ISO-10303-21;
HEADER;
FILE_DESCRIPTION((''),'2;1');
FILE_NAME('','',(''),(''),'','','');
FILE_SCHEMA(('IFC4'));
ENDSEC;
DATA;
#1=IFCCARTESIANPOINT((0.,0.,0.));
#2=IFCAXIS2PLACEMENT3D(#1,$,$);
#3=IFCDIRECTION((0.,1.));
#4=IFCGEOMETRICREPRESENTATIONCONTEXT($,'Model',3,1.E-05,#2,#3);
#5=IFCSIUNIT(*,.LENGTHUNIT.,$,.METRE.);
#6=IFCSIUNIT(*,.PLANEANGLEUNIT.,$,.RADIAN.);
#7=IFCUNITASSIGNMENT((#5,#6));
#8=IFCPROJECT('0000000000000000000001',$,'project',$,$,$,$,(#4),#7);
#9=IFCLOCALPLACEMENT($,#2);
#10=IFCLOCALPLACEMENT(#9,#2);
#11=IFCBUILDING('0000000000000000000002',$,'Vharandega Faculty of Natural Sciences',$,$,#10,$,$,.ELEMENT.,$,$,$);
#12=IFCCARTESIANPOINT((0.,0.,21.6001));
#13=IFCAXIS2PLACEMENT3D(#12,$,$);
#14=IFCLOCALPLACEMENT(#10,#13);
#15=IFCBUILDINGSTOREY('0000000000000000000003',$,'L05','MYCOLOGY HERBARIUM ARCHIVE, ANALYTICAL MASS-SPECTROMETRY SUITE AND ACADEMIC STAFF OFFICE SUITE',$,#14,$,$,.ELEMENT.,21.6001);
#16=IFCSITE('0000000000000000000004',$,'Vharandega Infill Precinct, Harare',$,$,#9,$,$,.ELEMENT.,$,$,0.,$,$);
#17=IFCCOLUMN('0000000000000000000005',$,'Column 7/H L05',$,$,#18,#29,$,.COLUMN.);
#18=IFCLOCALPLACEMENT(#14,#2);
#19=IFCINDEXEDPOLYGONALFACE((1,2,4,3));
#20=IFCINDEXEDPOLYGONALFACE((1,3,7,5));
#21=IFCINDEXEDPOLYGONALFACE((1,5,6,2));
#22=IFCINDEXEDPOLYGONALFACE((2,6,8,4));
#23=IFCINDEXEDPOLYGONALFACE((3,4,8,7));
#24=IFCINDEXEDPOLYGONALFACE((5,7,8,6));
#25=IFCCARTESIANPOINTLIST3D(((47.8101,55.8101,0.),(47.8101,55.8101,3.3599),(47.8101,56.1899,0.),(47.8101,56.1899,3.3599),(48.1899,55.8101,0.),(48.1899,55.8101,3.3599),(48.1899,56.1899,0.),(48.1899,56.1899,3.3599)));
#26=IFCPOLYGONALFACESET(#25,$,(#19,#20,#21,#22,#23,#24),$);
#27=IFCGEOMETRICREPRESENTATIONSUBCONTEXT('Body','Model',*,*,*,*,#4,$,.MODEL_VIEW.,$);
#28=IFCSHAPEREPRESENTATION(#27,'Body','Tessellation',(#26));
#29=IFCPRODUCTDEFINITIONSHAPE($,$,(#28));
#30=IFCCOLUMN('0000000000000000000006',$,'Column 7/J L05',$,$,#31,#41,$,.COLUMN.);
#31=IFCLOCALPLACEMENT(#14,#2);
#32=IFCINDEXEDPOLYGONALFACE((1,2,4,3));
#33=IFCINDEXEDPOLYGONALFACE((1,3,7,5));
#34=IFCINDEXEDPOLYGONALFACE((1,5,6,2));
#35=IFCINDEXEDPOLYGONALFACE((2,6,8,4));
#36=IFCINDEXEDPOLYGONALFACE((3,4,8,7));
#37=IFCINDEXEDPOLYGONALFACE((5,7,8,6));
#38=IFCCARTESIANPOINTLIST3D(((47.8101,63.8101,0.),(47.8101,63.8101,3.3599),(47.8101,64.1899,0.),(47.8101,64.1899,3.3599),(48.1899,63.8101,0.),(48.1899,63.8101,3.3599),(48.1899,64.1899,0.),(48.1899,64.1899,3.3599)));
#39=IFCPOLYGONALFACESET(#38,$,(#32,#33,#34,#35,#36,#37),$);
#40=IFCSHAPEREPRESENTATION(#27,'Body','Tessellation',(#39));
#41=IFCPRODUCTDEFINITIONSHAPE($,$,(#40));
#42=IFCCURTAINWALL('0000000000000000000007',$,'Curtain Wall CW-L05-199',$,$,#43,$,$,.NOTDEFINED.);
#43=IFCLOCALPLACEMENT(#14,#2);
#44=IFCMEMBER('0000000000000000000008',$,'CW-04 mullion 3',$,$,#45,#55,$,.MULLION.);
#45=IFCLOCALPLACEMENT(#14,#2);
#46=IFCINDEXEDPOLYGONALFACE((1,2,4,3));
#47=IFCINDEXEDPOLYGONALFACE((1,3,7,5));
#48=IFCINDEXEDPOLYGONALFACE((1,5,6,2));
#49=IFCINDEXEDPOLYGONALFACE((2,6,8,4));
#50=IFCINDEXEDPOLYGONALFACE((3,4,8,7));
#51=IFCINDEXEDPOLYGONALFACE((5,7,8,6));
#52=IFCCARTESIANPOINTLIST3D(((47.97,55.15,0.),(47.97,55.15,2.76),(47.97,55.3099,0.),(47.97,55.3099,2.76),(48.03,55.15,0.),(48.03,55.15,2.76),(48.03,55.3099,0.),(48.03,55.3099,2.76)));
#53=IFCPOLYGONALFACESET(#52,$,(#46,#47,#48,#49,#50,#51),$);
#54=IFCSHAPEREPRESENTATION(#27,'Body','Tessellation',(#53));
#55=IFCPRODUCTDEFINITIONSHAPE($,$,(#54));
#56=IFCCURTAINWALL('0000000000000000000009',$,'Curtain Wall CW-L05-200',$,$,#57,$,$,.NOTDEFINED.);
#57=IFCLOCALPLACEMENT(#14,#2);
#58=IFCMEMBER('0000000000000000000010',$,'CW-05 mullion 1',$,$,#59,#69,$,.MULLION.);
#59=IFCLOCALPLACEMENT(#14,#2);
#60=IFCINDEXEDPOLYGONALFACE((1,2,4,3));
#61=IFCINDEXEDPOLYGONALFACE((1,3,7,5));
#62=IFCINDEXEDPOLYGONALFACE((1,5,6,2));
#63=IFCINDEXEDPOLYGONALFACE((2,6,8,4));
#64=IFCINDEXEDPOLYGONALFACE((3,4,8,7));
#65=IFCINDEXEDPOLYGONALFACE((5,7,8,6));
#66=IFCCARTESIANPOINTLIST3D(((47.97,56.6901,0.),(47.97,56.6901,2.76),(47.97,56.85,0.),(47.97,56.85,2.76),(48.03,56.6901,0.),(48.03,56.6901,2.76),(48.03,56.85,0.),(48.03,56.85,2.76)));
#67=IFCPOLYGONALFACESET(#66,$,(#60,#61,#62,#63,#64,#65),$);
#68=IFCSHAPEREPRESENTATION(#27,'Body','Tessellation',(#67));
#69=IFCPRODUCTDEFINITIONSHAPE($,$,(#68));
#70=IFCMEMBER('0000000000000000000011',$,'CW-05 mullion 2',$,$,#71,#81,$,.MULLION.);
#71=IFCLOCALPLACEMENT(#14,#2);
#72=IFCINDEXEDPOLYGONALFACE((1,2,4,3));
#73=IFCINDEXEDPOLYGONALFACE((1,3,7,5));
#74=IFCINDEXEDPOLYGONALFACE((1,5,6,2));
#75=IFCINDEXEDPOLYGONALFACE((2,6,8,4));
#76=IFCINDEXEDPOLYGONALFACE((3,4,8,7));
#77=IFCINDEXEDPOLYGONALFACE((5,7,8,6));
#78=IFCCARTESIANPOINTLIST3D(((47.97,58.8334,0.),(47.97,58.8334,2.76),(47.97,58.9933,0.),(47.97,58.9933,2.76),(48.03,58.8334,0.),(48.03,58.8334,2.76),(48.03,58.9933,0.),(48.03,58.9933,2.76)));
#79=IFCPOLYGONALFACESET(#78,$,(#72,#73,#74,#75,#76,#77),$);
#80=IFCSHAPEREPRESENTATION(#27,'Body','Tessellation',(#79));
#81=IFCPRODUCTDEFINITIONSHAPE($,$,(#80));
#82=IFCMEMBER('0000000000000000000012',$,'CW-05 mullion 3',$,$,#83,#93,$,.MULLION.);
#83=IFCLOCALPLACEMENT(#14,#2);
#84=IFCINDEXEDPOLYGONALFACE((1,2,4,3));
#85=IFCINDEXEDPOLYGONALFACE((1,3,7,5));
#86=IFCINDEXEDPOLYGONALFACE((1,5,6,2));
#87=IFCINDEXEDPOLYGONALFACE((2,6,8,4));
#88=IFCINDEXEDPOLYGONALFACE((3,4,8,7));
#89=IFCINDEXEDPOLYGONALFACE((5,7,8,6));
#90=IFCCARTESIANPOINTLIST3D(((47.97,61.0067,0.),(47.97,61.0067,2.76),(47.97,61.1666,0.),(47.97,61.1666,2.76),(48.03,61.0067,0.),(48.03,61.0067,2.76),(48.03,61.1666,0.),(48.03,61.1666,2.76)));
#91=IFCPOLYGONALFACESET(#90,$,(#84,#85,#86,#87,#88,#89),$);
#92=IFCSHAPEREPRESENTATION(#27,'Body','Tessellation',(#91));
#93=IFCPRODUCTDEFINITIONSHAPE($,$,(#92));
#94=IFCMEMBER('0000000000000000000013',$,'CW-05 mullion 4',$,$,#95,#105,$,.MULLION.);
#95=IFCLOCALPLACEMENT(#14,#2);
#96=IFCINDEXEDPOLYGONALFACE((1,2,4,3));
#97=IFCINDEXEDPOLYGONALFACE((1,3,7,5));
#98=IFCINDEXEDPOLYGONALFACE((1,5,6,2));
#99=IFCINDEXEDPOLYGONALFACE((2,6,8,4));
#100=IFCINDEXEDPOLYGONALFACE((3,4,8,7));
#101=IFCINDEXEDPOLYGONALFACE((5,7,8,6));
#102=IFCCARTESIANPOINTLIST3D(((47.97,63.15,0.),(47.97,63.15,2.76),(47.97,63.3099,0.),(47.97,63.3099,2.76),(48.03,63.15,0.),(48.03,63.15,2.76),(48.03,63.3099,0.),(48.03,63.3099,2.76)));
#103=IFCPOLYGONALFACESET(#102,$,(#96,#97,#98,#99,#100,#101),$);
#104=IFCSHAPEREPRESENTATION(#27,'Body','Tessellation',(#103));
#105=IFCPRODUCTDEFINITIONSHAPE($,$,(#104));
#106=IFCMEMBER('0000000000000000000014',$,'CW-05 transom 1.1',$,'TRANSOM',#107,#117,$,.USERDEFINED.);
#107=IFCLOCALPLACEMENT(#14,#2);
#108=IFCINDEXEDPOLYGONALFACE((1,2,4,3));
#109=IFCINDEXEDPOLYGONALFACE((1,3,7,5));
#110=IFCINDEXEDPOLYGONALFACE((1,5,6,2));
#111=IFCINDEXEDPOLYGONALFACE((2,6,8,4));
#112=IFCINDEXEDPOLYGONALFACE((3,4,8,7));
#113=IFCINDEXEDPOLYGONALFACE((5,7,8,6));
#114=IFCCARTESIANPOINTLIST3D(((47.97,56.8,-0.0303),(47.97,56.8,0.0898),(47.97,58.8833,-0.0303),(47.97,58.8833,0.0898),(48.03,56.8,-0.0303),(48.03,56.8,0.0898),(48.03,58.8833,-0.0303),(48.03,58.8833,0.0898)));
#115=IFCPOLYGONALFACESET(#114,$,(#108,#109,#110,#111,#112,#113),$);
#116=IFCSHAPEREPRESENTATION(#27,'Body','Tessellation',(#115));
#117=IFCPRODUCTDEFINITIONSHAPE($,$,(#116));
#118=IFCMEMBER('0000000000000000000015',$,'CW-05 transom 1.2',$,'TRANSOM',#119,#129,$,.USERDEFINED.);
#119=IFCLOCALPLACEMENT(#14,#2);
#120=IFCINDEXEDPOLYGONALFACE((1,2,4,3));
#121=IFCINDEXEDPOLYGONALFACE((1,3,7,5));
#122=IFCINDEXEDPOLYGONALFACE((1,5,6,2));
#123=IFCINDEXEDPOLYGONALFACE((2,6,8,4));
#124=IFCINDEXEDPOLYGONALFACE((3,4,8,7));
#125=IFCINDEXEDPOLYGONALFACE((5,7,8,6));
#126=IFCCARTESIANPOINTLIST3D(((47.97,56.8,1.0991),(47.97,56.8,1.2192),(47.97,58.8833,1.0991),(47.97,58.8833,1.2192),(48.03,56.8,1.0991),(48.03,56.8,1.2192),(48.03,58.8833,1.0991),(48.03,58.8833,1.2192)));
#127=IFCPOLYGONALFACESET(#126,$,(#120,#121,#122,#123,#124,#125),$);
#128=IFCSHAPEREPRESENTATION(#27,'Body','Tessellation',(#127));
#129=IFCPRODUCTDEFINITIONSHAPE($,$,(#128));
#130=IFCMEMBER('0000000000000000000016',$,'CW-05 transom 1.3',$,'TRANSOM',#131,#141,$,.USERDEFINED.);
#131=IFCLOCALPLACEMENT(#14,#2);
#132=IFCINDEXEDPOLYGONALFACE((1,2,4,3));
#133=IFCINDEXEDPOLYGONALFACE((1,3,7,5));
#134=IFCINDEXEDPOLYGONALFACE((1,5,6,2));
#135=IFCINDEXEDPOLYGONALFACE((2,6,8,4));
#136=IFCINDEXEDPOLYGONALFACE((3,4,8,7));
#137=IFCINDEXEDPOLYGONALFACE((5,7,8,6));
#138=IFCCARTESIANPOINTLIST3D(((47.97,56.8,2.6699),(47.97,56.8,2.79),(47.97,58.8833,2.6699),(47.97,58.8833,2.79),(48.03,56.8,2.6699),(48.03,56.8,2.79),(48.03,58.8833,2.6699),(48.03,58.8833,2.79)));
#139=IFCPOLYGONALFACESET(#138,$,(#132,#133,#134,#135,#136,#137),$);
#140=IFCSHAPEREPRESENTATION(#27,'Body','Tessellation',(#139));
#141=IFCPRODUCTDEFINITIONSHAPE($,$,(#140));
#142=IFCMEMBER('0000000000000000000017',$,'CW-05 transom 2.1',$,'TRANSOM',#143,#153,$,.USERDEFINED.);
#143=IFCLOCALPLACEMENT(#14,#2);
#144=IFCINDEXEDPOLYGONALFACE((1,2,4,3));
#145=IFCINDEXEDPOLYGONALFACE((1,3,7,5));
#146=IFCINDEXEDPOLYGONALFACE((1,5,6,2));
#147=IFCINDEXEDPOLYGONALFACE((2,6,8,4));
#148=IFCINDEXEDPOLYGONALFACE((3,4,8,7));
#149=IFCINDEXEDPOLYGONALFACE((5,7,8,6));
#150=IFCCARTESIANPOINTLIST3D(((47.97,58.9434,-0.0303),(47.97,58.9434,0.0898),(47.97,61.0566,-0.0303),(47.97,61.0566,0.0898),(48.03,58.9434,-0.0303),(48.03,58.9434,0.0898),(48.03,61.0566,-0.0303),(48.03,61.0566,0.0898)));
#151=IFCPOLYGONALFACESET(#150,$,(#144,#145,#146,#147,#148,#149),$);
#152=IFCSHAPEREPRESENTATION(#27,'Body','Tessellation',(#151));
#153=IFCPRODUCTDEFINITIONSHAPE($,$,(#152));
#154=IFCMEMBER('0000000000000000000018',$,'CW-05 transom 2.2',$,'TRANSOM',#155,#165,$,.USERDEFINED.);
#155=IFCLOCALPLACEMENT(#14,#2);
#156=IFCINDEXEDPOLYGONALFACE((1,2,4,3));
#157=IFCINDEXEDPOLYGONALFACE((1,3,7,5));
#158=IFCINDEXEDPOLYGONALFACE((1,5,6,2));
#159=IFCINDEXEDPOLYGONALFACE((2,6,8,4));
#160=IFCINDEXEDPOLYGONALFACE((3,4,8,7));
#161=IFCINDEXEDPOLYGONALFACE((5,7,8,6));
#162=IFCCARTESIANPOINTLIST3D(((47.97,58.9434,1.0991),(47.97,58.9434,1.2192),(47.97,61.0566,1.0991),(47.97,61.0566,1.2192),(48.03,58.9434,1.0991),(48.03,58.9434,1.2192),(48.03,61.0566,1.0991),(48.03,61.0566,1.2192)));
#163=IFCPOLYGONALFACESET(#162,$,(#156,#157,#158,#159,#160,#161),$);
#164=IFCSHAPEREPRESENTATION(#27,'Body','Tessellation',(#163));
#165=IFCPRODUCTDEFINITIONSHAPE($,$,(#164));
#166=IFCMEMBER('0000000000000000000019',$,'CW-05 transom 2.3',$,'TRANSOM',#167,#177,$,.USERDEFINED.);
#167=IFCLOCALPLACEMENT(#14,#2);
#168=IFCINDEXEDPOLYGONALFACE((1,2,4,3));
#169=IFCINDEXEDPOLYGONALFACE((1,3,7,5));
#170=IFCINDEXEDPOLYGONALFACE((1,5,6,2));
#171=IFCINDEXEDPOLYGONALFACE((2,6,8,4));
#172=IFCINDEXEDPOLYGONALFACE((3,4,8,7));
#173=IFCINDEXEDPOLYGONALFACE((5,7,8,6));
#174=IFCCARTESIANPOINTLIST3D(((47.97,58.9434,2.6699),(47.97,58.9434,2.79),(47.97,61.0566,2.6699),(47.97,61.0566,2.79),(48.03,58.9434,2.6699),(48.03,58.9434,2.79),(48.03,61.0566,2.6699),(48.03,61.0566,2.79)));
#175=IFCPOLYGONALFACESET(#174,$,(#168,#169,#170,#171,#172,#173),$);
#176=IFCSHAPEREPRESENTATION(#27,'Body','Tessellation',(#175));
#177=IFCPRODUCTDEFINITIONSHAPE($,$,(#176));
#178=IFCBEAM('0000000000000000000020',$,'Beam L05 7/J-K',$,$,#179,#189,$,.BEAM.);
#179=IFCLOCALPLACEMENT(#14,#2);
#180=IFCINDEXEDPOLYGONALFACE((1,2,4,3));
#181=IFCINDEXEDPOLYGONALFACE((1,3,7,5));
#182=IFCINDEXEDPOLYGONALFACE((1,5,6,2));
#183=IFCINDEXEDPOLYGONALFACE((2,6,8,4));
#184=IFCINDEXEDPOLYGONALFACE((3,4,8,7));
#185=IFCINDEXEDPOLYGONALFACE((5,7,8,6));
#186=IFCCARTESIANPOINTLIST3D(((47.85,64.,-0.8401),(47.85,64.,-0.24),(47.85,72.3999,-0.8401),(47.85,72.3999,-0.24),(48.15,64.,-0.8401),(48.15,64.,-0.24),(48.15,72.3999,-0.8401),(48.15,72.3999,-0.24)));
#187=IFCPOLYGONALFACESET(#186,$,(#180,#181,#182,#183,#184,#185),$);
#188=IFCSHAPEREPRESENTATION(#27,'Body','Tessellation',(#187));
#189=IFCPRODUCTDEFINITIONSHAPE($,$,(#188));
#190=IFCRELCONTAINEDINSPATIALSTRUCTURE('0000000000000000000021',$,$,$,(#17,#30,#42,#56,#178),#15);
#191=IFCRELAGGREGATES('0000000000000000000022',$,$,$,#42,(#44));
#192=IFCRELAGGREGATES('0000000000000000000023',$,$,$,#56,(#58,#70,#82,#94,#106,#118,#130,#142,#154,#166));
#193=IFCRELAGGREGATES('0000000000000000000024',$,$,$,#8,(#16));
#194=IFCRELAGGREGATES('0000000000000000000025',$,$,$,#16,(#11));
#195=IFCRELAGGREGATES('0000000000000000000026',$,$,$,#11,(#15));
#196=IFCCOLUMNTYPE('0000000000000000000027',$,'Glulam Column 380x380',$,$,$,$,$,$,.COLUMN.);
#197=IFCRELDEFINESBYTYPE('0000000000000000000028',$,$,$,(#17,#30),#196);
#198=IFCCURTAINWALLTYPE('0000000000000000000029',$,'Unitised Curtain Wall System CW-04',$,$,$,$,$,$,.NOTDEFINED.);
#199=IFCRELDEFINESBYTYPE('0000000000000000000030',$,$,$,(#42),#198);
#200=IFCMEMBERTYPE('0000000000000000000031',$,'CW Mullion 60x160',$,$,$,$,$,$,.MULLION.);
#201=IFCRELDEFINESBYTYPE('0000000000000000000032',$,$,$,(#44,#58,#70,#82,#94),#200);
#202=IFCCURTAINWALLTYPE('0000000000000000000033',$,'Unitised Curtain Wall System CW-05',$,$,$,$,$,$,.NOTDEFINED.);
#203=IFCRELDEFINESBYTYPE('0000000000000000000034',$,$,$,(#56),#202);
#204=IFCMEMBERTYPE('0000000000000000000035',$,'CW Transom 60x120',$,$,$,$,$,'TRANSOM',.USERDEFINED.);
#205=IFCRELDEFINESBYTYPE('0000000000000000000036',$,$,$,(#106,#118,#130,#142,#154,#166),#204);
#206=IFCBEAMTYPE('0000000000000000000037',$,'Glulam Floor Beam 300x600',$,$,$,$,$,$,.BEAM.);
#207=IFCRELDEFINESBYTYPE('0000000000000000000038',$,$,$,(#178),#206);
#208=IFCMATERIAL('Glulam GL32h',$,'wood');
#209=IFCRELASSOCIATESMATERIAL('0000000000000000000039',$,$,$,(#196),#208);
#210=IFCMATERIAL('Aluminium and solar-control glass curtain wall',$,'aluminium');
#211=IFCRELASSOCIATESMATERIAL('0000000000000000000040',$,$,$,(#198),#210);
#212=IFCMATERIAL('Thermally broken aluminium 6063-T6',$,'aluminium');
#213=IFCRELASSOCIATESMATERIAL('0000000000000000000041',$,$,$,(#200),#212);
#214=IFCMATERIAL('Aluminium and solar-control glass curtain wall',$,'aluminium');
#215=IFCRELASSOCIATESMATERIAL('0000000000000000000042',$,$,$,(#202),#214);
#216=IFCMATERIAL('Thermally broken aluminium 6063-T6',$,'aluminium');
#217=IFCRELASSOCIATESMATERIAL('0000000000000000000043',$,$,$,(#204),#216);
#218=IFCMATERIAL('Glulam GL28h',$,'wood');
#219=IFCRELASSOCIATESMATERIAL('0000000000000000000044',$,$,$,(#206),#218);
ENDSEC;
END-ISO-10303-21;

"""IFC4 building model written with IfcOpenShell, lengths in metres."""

from ifc_helpers import new_model, si_unit, direction, frame, origin, origin_2d, place, context, subcontext, project, spatial, rectangle, extrude, material, material_profile, profile_set, type_object, element, aggregate, save


model = new_model("IFC4")

# Units and contexts
model_context = context("Model", 3, precision=1e-05, world=origin(), true_north=direction((0.0, 1.0)))
body_context = subcontext(model_context, "Body", "Model", "MODEL_VIEW")
ifc_project = project(units=[si_unit("LENGTHUNIT", "METRE"), si_unit("PLANEANGLEUNIT", "RADIAN")], contexts=[model_context])

# Site, building, storey
site_placement = place(None, origin())
site = spatial("IfcSite", under=ifc_project, at=site_placement, Name="Vharandega Infill Precinct, Harare", CompositionType="ELEMENT", RefElevation=0.0)
building_placement = place(site_placement, origin())
building = spatial("IfcBuilding", under=site, at=building_placement, Name="Vharandega Faculty of Natural Sciences", CompositionType="ELEMENT")
storey_placement = place(building_placement, frame((0.0, 0.0, 21.6001)))
storey = spatial("IfcBuildingStorey", under=building, at=storey_placement, Name="L05", Description="MYCOLOGY HERBARIUM ARCHIVE, ANALYTICAL MASS-SPECTROMETRY SUITE AND ACADEMIC STAFF OFFICE SUITE", CompositionType="ELEMENT", Elevation=21.6001)

# Columns
ifc_material_1 = material(Name="Glulam GL32h", Category="wood")
ifc_material_profile_1 = material_profile(ifc_material_1, rectangle(XDim=0.3799, YDim=0.3799, at=origin_2d()), Name="GL32h 380x380")
ifc_profile_set_1 = profile_set([ifc_material_profile_1], Name="Glulam GL32h")
column_type = type_object("IfcColumnType", Name="Glulam Column 380x380", PredefinedType="COLUMN", material=ifc_profile_set_1)
for number, where, z_axis, x_axis, name in (
    (1, (48.0, 56.0, 0.0), (0.0, 0.0, 1.0), (1.0, 0.0, 0.0), "Column 7/H L05"),
    (2, (48.0, 64.0, 0.0), (0.0, 0.0, 1.0), (1.0, 0.0, 0.0), "Column 7/J L05"),
):
    element("IfcColumn", number, at=place(storey_placement, frame(where, z_axis=z_axis, x_axis=x_axis)), inside=storey, type_object=column_type, Name=name, PredefinedType="COLUMN", context=body_context, shape_type="SweptSolid", body=[
        extrude(rectangle(XDim=0.3799, YDim=0.3799, at=origin_2d()), origin(), (0.0, 0.0, 1.0), 3.3599),
    ])

# Curtain wall, member
ifc_material_2 = material(Name="Aluminium and solar-control glass curtain wall", Category="aluminium")
curtain_wall_type_1 = type_object("IfcCurtainWallType", Name="Unitised Curtain Wall System CW-04", PredefinedType="NOTDEFINED", material=ifc_material_2)
curtain_wall_1_placement = place(storey_placement, origin())
curtain_wall_1 = element("IfcCurtainWall", 3, at=curtain_wall_1_placement, inside=storey, type_object=curtain_wall_type_1, Name="Curtain Wall CW-L05-199", PredefinedType="NOTDEFINED")
ifc_material_3 = material(Name="Thermally broken aluminium 6063-T6", Category="aluminium")
ifc_material_profile_2 = material_profile(ifc_material_3, rectangle(XDim=0.0601, YDim=0.1599, at=origin_2d()), Name="ALU 60x160")
ifc_profile_set_2 = profile_set([ifc_material_profile_2], Name="Thermally broken aluminium 6063-T6")
member_type_1 = type_object("IfcMemberType", Name="CW Mullion 60x160", PredefinedType="MULLION", material=ifc_profile_set_2)
member_1_placement = place(storey_placement, frame((48.0, 55.23, 0.0), z_axis=(0.0, 0.0, 1.0), x_axis=(-1.0, 0.0, 0.0)))
member_1 = element("IfcMember", 4, at=member_1_placement, type_object=member_type_1, Name="CW-04 mullion 3", PredefinedType="MULLION", context=body_context, shape_type="SweptSolid", body=[
    extrude(rectangle(XDim=0.0601, YDim=0.1599, at=origin_2d()), origin(), (0.0, 0.0, 1.0), 2.76),
])

# Curtain wall, members
ifc_material_4 = material(Name="Aluminium and solar-control glass curtain wall", Category="aluminium")
curtain_wall_type_2 = type_object("IfcCurtainWallType", Name="Unitised Curtain Wall System CW-05", PredefinedType="NOTDEFINED", material=ifc_material_4)
curtain_wall_2_placement = place(storey_placement, origin())
curtain_wall_2 = element("IfcCurtainWall", 5, at=curtain_wall_2_placement, inside=storey, type_object=curtain_wall_type_2, Name="Curtain Wall CW-L05-200", PredefinedType="NOTDEFINED")
member_2_placement = place(storey_placement, frame((48.0, 56.77, 0.0), z_axis=(0.0, 0.0, 1.0), x_axis=(-1.0, 0.0, 0.0)))
member_2 = element("IfcMember", 6, at=member_2_placement, type_object=member_type_1, Name="CW-05 mullion 1", PredefinedType="MULLION", context=body_context, shape_type="SweptSolid", body=[
    extrude(rectangle(XDim=0.0601, YDim=0.1599, at=origin_2d()), origin(), (0.0, 0.0, 1.0), 2.76),
])
member_3_placement = place(storey_placement, frame((48.0, 58.9133, 0.0), z_axis=(0.0, 0.0, 1.0), x_axis=(-1.0, 0.0, 0.0)))
member_3 = element("IfcMember", 7, at=member_3_placement, type_object=member_type_1, Name="CW-05 mullion 2", PredefinedType="MULLION", context=body_context, shape_type="SweptSolid", body=[
    extrude(rectangle(XDim=0.0601, YDim=0.1599, at=origin_2d()), origin(), (0.0, 0.0, 1.0), 2.76),
])
member_4_placement = place(storey_placement, frame((48.0, 61.0867, 0.0), z_axis=(0.0, 0.0, 1.0), x_axis=(-1.0, 0.0, 0.0)))
member_4 = element("IfcMember", 8, at=member_4_placement, type_object=member_type_1, Name="CW-05 mullion 3", PredefinedType="MULLION", context=body_context, shape_type="SweptSolid", body=[
    extrude(rectangle(XDim=0.0601, YDim=0.1599, at=origin_2d()), origin(), (0.0, 0.0, 1.0), 2.76),
])
member_5_placement = place(storey_placement, frame((48.0, 63.23, 0.0), z_axis=(0.0, 0.0, 1.0), x_axis=(-1.0, 0.0, 0.0)))
member_5 = element("IfcMember", 9, at=member_5_placement, type_object=member_type_1, Name="CW-05 mullion 4", PredefinedType="MULLION", context=body_context, shape_type="SweptSolid", body=[
    extrude(rectangle(XDim=0.0601, YDim=0.1599, at=origin_2d()), origin(), (0.0, 0.0, 1.0), 2.76),
])
ifc_material_5 = material(Name="Thermally broken aluminium 6063-T6", Category="aluminium")
ifc_material_profile_3 = material_profile(ifc_material_5, rectangle(XDim=0.0601, YDim=0.1201, at=origin_2d()), Name="ALU 60x120")
ifc_profile_set_3 = profile_set([ifc_material_profile_3], Name="Thermally broken aluminium 6063-T6")
member_type_2 = type_object("IfcMemberType", Name="CW Transom 60x120", ElementType="TRANSOM", PredefinedType="USERDEFINED", material=ifc_profile_set_3)
member_6_placement = place(storey_placement, frame((48.0, 56.8, 0.0298), z_axis=(0.0, 1.0, 0.0), x_axis=(-1.0, 0.0, 0.0)))
member_6 = element("IfcMember", 10, at=member_6_placement, type_object=member_type_2, Name="CW-05 transom 1.1", ObjectType="TRANSOM", PredefinedType="USERDEFINED", context=body_context, shape_type="SweptSolid", body=[
    extrude(rectangle(XDim=0.0601, YDim=0.1201, at=origin_2d()), origin(), (0.0, 0.0, 1.0), 2.0833),
])
member_7_placement = place(storey_placement, frame((48.0, 56.8, 1.1592), z_axis=(0.0, 1.0, 0.0), x_axis=(-1.0, 0.0, 0.0)))
member_7 = element("IfcMember", 11, at=member_7_placement, type_object=member_type_2, Name="CW-05 transom 1.2", ObjectType="TRANSOM", PredefinedType="USERDEFINED", context=body_context, shape_type="SweptSolid", body=[
    extrude(rectangle(XDim=0.0601, YDim=0.1201, at=origin_2d()), origin(), (0.0, 0.0, 1.0), 2.0833),
])
member_8_placement = place(storey_placement, frame((48.0, 56.8, 2.73), z_axis=(0.0, 1.0, 0.0), x_axis=(-1.0, 0.0, 0.0)))
member_8 = element("IfcMember", 12, at=member_8_placement, type_object=member_type_2, Name="CW-05 transom 1.3", ObjectType="TRANSOM", PredefinedType="USERDEFINED", context=body_context, shape_type="SweptSolid", body=[
    extrude(rectangle(XDim=0.0601, YDim=0.1201, at=origin_2d()), origin(), (0.0, 0.0, 1.0), 2.0833),
])
member_9_placement = place(storey_placement, frame((48.0, 58.9434, 0.0298), z_axis=(0.0, 1.0, 0.0), x_axis=(-1.0, 0.0, 0.0)))
member_9 = element("IfcMember", 13, at=member_9_placement, type_object=member_type_2, Name="CW-05 transom 2.1", ObjectType="TRANSOM", PredefinedType="USERDEFINED", context=body_context, shape_type="SweptSolid", body=[
    extrude(rectangle(XDim=0.0601, YDim=0.1201, at=origin_2d()), origin(), (0.0, 0.0, 1.0), 2.1133),
])
member_10_placement = place(storey_placement, frame((48.0, 58.9434, 1.1592), z_axis=(0.0, 1.0, 0.0), x_axis=(-1.0, 0.0, 0.0)))
member_10 = element("IfcMember", 14, at=member_10_placement, type_object=member_type_2, Name="CW-05 transom 2.2", ObjectType="TRANSOM", PredefinedType="USERDEFINED", context=body_context, shape_type="SweptSolid", body=[
    extrude(rectangle(XDim=0.0601, YDim=0.1201, at=origin_2d()), origin(), (0.0, 0.0, 1.0), 2.1133),
])
member_11_placement = place(storey_placement, frame((48.0, 58.9434, 2.73), z_axis=(0.0, 1.0, 0.0), x_axis=(-1.0, 0.0, 0.0)))
member_11 = element("IfcMember", 15, at=member_11_placement, type_object=member_type_2, Name="CW-05 transom 2.3", ObjectType="TRANSOM", PredefinedType="USERDEFINED", context=body_context, shape_type="SweptSolid", body=[
    extrude(rectangle(XDim=0.0601, YDim=0.1201, at=origin_2d()), origin(), (0.0, 0.0, 1.0), 2.1133),
])

# Beam
ifc_material_6 = material(Name="Glulam GL28h", Category="wood")
ifc_material_profile_4 = material_profile(ifc_material_6, rectangle(XDim=0.3, YDim=0.6001, at=origin_2d()), Name="GL28h 300x600")
ifc_profile_set_4 = profile_set([ifc_material_profile_4], Name="Glulam GL28h")
beam_type_1 = type_object("IfcBeamType", Name="Glulam Floor Beam 300x600", PredefinedType="BEAM", material=ifc_profile_set_4)
beam_1_placement = place(storey_placement, frame((48.0, 64.0, -0.54), z_axis=(0.0, 1.0, 0.0), x_axis=(-1.0, 0.0, 0.0)))
element("IfcBeam", 16, at=beam_1_placement, inside=storey, type_object=beam_type_1, Name="Beam L05 7/J-K", PredefinedType="BEAM", context=body_context, shape_type="SweptSolid", body=[
    extrude(rectangle(XDim=0.3, YDim=0.6001, at=origin_2d()), origin(), (0.0, 0.0, 1.0), 8.3999),
])

aggregate(curtain_wall_1, [member_1])
aggregate(curtain_wall_2, [member_2, member_3, member_4, member_5, member_6, member_7, member_8, member_9, member_10, member_11])

save(model, "model.ifc")
